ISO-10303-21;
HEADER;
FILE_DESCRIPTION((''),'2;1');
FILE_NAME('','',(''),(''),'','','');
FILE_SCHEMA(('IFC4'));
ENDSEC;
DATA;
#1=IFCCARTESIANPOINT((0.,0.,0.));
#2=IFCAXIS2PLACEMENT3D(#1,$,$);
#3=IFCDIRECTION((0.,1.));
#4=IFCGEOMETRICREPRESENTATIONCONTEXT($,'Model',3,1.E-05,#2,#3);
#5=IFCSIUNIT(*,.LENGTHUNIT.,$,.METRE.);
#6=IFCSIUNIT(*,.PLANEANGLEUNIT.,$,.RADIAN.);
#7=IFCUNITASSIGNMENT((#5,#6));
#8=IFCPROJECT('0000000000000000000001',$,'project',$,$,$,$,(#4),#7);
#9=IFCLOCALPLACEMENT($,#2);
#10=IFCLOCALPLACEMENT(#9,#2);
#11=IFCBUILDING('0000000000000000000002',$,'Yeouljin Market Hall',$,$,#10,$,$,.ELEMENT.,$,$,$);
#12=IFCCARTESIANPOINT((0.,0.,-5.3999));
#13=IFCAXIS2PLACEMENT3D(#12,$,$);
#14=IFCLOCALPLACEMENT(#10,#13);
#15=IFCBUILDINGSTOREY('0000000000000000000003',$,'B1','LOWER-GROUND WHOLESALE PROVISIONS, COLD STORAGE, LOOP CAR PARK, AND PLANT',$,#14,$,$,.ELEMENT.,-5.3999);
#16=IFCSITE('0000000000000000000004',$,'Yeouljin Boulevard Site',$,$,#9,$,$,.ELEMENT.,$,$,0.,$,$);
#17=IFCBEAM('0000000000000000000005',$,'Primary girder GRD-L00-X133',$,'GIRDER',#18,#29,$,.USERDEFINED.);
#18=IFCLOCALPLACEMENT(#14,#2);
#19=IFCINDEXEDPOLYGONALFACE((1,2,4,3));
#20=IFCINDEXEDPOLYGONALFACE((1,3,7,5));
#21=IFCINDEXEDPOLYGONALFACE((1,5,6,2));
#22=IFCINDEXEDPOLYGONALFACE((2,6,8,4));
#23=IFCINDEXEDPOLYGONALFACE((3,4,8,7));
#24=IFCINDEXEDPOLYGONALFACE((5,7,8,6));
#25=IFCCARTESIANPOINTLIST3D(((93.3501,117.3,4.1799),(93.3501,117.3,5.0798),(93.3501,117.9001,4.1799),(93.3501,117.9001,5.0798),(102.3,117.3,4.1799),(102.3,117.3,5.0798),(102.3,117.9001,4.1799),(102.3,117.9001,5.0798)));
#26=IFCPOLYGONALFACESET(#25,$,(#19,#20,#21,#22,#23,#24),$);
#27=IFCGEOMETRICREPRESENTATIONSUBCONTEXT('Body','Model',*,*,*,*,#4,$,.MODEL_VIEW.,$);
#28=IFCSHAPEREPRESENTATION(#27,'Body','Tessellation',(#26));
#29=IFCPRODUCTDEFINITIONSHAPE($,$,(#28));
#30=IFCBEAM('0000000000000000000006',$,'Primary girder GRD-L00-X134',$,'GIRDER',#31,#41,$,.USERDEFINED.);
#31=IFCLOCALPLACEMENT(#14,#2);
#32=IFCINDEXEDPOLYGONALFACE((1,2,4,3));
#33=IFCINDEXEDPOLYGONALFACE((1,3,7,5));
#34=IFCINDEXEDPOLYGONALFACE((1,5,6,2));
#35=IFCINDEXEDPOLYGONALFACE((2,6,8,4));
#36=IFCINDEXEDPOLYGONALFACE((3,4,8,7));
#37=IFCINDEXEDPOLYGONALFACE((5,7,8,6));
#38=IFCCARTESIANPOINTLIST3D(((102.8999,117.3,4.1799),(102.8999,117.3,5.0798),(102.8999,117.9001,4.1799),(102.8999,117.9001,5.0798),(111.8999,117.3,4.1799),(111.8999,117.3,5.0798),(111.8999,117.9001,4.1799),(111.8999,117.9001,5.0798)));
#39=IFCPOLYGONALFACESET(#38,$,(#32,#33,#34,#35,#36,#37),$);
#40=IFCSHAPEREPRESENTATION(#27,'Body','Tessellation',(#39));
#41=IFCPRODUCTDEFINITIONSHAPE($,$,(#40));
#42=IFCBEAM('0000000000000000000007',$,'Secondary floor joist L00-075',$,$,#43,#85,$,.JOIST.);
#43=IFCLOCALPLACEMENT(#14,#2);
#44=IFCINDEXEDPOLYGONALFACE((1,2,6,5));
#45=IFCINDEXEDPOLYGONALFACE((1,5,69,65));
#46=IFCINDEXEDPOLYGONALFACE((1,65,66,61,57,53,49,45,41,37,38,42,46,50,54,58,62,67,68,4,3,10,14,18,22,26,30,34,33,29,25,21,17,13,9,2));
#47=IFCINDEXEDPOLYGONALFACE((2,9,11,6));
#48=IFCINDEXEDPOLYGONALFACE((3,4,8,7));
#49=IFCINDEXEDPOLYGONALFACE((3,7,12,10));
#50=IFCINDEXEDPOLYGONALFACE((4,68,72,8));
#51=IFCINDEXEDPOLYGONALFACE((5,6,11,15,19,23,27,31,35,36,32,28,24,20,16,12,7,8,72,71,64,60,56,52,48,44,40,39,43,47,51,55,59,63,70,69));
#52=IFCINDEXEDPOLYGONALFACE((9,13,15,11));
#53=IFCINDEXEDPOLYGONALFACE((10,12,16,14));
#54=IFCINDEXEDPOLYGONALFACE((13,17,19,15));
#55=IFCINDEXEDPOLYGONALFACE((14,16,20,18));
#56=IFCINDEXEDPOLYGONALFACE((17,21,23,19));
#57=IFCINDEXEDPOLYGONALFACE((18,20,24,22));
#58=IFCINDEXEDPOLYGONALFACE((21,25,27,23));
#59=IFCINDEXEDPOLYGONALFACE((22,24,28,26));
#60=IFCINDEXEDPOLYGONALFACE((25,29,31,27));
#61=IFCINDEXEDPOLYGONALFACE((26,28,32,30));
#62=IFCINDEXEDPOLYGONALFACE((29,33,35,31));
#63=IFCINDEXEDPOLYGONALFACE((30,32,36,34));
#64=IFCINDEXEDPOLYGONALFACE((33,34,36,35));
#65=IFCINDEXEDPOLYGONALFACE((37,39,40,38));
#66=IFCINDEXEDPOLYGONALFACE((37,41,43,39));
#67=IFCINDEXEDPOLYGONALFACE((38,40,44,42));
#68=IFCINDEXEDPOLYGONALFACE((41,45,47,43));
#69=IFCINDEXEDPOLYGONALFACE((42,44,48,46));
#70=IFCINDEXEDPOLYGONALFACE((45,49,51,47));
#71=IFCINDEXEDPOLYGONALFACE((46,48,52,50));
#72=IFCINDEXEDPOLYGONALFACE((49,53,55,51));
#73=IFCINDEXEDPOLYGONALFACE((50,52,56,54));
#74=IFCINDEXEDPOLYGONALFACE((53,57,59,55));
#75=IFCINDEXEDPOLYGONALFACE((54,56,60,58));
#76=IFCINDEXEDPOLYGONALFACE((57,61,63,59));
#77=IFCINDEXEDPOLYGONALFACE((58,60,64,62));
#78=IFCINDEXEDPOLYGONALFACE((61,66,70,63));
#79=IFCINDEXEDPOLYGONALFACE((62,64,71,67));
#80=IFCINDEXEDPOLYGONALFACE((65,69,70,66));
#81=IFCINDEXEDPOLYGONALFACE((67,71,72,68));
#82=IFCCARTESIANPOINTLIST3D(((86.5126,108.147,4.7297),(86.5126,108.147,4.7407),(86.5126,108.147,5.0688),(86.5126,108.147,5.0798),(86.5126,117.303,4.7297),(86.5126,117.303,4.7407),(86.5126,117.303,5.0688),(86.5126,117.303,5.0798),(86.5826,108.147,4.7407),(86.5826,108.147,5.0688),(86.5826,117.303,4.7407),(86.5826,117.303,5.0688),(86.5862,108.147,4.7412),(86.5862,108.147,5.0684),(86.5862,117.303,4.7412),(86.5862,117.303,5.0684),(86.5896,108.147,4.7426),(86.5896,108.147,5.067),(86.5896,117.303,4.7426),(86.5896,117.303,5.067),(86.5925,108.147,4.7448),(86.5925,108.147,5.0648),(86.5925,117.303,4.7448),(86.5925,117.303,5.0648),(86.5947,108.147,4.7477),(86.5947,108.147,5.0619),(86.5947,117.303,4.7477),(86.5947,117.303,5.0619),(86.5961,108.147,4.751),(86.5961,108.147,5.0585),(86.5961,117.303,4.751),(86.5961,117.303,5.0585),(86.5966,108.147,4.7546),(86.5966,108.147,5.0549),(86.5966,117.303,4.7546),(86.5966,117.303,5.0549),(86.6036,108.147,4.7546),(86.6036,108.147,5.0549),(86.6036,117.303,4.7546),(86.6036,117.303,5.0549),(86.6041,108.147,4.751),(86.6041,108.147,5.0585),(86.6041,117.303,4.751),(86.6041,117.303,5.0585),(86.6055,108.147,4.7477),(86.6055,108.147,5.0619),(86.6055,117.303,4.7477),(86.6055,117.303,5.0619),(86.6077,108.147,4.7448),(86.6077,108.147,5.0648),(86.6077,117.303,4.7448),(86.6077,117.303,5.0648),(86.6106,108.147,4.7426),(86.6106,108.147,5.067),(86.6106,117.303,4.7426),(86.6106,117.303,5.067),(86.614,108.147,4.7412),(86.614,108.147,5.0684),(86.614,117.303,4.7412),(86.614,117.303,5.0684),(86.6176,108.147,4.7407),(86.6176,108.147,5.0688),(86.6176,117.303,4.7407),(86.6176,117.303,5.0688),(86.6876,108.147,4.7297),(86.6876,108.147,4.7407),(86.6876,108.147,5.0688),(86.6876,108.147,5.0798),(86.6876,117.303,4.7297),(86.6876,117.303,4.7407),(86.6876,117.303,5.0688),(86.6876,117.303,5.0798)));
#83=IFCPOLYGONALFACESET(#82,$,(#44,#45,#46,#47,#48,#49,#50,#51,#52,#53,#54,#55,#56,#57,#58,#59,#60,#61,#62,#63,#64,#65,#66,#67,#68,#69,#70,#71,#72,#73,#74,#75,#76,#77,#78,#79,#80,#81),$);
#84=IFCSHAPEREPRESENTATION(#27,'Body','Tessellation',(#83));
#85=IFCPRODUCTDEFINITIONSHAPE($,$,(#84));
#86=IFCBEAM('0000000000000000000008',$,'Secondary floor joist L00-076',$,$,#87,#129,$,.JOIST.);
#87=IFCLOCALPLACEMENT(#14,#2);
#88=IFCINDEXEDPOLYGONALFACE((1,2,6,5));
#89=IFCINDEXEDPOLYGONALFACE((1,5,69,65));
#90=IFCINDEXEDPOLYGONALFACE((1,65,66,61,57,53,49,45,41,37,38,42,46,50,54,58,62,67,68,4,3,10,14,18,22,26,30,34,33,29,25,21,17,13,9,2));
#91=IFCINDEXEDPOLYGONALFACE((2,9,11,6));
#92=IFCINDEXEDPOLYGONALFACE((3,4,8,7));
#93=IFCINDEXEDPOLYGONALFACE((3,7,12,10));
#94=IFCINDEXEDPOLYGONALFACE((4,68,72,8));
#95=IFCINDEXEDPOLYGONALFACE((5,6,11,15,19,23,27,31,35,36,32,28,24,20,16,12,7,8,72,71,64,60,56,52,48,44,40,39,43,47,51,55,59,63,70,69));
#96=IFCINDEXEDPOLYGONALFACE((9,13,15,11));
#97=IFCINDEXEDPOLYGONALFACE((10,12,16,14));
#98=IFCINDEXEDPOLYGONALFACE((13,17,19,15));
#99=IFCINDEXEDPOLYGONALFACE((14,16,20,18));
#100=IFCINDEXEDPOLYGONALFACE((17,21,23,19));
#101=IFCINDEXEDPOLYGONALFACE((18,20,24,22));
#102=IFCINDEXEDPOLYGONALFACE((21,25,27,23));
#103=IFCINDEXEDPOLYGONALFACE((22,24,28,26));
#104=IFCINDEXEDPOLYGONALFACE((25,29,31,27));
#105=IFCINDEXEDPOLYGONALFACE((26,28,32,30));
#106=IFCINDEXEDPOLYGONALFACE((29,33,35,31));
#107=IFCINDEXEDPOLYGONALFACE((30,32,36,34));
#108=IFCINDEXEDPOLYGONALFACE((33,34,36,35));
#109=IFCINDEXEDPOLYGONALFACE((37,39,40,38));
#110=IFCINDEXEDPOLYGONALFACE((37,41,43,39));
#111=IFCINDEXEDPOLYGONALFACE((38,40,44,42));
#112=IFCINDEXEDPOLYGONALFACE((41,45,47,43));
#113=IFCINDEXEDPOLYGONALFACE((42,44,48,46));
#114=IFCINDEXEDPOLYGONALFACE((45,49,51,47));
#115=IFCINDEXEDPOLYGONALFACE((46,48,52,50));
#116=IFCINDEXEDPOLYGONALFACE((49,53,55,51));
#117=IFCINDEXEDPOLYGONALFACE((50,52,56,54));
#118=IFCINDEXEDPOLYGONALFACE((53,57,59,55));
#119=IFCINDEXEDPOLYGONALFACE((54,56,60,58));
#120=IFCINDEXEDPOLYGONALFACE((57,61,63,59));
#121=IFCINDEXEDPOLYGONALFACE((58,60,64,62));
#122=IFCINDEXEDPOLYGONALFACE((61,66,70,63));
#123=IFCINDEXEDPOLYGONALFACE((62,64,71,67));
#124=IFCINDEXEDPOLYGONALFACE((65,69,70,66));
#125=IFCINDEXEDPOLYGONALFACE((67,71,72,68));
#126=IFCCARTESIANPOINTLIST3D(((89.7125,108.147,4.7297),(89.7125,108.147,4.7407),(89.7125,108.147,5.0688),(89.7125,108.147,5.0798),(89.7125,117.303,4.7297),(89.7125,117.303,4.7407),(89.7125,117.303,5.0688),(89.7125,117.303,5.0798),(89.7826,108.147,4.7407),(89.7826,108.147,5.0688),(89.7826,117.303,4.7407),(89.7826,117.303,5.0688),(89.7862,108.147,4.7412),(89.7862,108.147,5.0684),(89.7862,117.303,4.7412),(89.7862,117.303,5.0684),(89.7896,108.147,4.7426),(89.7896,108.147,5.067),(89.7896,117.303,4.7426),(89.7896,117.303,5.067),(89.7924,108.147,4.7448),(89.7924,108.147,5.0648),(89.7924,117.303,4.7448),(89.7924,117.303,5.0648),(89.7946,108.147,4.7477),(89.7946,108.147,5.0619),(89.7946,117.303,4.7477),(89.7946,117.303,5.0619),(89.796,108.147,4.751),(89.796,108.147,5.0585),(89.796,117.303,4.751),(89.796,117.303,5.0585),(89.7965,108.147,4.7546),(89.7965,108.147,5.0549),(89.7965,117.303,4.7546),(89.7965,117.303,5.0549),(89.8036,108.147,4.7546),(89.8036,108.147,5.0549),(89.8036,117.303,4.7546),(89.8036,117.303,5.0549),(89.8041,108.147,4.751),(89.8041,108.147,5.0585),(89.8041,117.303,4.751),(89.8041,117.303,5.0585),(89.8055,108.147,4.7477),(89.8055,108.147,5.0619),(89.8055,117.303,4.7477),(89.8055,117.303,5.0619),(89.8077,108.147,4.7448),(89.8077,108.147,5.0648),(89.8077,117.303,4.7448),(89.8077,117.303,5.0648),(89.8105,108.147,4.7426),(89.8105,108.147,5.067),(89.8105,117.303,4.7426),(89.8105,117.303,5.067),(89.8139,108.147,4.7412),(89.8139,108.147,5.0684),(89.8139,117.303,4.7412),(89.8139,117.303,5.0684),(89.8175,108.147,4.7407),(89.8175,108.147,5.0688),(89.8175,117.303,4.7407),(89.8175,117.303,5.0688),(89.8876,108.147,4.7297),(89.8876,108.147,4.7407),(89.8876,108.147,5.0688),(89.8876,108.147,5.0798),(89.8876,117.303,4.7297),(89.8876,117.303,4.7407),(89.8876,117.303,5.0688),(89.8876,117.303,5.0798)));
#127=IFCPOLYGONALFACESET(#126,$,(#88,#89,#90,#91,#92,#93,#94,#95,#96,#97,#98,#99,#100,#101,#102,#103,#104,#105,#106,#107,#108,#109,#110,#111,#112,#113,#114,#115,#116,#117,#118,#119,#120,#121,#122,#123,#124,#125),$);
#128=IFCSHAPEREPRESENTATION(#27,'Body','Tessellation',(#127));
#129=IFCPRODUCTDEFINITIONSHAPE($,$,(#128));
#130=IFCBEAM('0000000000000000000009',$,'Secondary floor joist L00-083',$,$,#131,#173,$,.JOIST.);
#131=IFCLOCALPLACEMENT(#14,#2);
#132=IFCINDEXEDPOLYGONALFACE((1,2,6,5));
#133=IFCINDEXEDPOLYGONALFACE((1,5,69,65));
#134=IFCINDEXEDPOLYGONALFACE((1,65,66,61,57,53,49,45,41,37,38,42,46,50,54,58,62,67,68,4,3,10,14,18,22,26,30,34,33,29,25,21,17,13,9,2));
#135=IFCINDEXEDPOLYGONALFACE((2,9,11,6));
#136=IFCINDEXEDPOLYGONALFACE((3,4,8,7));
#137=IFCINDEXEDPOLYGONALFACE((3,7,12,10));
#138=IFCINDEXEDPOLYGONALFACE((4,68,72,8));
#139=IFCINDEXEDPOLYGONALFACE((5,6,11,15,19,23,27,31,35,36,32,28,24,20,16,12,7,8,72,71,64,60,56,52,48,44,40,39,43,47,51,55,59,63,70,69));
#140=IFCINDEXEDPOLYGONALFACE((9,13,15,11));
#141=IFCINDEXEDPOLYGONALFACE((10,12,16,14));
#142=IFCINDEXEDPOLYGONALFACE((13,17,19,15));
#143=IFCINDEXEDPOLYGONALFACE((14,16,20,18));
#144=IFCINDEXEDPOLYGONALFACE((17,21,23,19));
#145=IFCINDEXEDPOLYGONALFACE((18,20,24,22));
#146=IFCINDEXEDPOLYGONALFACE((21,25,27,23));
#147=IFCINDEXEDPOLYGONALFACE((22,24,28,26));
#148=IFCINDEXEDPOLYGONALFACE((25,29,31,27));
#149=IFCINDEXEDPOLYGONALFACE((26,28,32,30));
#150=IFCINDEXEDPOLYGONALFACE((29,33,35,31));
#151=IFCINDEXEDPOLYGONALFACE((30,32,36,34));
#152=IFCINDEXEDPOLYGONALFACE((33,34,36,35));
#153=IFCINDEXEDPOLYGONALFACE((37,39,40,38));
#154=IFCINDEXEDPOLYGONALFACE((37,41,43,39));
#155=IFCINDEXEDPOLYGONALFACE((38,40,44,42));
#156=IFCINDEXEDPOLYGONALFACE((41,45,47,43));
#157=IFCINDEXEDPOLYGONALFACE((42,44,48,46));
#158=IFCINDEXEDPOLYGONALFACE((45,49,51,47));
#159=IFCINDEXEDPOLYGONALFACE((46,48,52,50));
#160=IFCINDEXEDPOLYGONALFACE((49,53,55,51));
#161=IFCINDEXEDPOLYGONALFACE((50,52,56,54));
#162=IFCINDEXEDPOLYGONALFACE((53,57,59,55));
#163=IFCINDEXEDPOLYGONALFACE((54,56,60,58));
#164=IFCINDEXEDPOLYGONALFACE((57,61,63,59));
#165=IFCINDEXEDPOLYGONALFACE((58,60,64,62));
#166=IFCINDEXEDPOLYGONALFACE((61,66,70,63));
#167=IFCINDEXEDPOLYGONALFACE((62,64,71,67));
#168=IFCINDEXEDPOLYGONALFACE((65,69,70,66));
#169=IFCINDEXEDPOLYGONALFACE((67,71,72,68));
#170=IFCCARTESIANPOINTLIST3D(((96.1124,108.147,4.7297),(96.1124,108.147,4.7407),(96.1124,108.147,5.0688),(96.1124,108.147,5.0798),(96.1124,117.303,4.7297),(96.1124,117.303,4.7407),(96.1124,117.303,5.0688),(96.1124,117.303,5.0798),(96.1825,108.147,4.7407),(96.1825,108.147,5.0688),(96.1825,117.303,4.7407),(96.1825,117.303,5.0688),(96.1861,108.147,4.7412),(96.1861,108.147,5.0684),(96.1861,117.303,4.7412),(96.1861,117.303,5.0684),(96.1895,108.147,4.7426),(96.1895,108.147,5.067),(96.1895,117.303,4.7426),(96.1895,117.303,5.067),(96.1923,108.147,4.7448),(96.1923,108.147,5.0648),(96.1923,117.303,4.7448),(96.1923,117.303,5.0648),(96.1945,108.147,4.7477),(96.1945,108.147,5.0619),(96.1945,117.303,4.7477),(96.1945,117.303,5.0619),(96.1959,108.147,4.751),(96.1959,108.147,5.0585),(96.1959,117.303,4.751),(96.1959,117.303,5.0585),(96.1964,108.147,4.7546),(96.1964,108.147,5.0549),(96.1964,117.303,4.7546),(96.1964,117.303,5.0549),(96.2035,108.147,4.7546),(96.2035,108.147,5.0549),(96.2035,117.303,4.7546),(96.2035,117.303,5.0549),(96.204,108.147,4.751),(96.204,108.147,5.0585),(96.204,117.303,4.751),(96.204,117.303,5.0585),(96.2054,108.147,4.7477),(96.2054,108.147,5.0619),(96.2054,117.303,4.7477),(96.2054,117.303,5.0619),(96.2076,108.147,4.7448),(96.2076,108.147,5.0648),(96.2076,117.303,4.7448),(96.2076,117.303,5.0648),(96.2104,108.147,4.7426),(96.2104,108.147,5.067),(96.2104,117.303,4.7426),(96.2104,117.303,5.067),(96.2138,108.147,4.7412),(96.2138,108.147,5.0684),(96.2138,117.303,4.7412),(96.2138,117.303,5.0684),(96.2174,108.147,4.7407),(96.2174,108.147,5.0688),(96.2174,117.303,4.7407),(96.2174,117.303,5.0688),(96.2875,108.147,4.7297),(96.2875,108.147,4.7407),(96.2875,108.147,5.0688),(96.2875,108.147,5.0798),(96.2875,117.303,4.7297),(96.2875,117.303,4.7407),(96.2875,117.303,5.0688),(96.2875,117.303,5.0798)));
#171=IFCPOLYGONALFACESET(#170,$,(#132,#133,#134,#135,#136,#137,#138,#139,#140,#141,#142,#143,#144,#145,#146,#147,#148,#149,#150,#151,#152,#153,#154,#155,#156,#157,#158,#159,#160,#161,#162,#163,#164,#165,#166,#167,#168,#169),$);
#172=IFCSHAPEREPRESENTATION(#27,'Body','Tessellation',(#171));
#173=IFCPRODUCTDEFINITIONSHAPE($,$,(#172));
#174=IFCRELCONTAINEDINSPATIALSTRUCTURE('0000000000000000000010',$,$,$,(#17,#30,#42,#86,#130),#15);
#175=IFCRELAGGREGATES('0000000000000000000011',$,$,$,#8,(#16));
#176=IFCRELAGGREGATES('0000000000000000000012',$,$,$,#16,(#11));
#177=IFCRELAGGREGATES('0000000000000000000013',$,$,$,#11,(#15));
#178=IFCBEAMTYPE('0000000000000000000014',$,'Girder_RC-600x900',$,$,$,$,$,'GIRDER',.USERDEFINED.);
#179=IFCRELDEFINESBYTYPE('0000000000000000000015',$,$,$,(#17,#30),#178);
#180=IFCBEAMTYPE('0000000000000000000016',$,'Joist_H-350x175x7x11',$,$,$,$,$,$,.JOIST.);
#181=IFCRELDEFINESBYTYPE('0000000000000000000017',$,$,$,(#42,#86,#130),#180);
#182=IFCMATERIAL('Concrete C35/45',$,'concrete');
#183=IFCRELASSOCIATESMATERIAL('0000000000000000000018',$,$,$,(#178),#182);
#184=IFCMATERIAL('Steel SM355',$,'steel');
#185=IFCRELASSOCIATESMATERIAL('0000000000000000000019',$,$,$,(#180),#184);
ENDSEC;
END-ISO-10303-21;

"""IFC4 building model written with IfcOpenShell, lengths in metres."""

from ifc_helpers import new_model, si_unit, direction, frame, origin, origin_2d, place, context, subcontext, project, spatial, rectangle, i_section, extrude, material, material_profile, profile_set, type_object, element, save


model = new_model("IFC4")

# Units and contexts
model_context = context("Model", 3, precision=1e-05, world=origin(), true_north=direction((0.0, 1.0)))
body_context = subcontext(model_context, "Body", "Model", "MODEL_VIEW")
ifc_project = project(units=[si_unit("LENGTHUNIT", "METRE"), si_unit("PLANEANGLEUNIT", "RADIAN")], contexts=[model_context])

# Site, building, storey
site_placement = place(None, origin())
site = spatial("IfcSite", under=ifc_project, at=site_placement, Name="Yeouljin Boulevard Site", CompositionType="ELEMENT", RefElevation=0.0)
building_placement = place(site_placement, origin())
building = spatial("IfcBuilding", under=site, at=building_placement, Name="Yeouljin Market Hall", CompositionType="ELEMENT")
storey_placement = place(building_placement, frame((0.0, 0.0, -5.3999)))
storey = spatial("IfcBuildingStorey", under=building, at=storey_placement, Name="B1", Description="LOWER-GROUND WHOLESALE PROVISIONS, COLD STORAGE, LOOP CAR PARK, AND PLANT", CompositionType="ELEMENT", Elevation=-5.3999)

# Beams
ifc_material_1 = material(Name="Concrete C35/45", Category="concrete")
ifc_material_profile_1 = material_profile(ifc_material_1, rectangle(XDim=0.6001, YDim=0.8999, at=origin_2d()), Name="RC-600x900")
ifc_profile_set_1 = profile_set([ifc_material_profile_1], Name="Concrete C35/45")
beam_type_1 = type_object("IfcBeamType", Name="Girder_RC-600x900", ElementType="GIRDER", PredefinedType="USERDEFINED", material=ifc_profile_set_1)
beam_1_placement = place(storey_placement, frame((93.3501, 117.6001, 4.6299), z_axis=(1.0, 0.0, 0.0), x_axis=(0.0, 1.0, 0.0)))
element("IfcBeam", 1, at=beam_1_placement, inside=storey, type_object=beam_type_1, Name="Primary girder GRD-L00-X133", ObjectType="GIRDER", PredefinedType="USERDEFINED", context=body_context, shape_type="SweptSolid", body=[
    extrude(rectangle(XDim=0.6001, YDim=0.8999, at=origin_2d()), origin(), (0.0, 0.0, 1.0), 8.95),
])
beam_2_placement = place(storey_placement, frame((102.8999, 117.6001, 4.6299), z_axis=(1.0, 0.0, 0.0), x_axis=(0.0, 1.0, 0.0)))
element("IfcBeam", 2, at=beam_2_placement, inside=storey, type_object=beam_type_1, Name="Primary girder GRD-L00-X134", ObjectType="GIRDER", PredefinedType="USERDEFINED", context=body_context, shape_type="SweptSolid", body=[
    extrude(rectangle(XDim=0.6001, YDim=0.8999, at=origin_2d()), origin(), (0.0, 0.0, 1.0), 9.0),
])
ifc_material_2 = material(Name="Steel SM355", Category="steel")
ifc_material_profile_2 = material_profile(ifc_material_2, i_section(OverallWidth=0.175, OverallDepth=0.3501, WebThickness=0.0071, FlangeThickness=0.011, FilletRadius=0.0139, at=origin_2d()), Name="H-350x175x7x11")
ifc_profile_set_2 = profile_set([ifc_material_profile_2], Name="Steel SM355")
beam_type_2 = type_object("IfcBeamType", Name="Joist_H-350x175x7x11", PredefinedType="JOIST", material=ifc_profile_set_2)
for number, where, z_axis, x_axis, name in (
    (3, (86.6001, 108.147, 4.9048), (0.0, 1.0, 0.0), (-1.0, 0.0, 0.0), "Secondary floor joist L00-075"),
    (4, (89.8, 108.147, 4.9048), (0.0, 1.0, 0.0), (-1.0, 0.0, 0.0), "Secondary floor joist L00-076"),
    (5, (96.2, 108.147, 4.9048), (0.0, 1.0, 0.0), (-1.0, 0.0, 0.0), "Secondary floor joist L00-083"),
):
    element("IfcBeam", number, at=place(storey_placement, frame(where, z_axis=z_axis, x_axis=x_axis)), inside=storey, type_object=beam_type_2, Name=name, PredefinedType="JOIST", context=body_context, shape_type="SweptSolid", body=[
        extrude(i_section(OverallWidth=0.175, OverallDepth=0.3501, WebThickness=0.0071, FlangeThickness=0.011, FilletRadius=0.0139, at=origin_2d()), origin(), (0.0, 0.0, 1.0), 9.156),
    ])

save(model, "model.ifc")
